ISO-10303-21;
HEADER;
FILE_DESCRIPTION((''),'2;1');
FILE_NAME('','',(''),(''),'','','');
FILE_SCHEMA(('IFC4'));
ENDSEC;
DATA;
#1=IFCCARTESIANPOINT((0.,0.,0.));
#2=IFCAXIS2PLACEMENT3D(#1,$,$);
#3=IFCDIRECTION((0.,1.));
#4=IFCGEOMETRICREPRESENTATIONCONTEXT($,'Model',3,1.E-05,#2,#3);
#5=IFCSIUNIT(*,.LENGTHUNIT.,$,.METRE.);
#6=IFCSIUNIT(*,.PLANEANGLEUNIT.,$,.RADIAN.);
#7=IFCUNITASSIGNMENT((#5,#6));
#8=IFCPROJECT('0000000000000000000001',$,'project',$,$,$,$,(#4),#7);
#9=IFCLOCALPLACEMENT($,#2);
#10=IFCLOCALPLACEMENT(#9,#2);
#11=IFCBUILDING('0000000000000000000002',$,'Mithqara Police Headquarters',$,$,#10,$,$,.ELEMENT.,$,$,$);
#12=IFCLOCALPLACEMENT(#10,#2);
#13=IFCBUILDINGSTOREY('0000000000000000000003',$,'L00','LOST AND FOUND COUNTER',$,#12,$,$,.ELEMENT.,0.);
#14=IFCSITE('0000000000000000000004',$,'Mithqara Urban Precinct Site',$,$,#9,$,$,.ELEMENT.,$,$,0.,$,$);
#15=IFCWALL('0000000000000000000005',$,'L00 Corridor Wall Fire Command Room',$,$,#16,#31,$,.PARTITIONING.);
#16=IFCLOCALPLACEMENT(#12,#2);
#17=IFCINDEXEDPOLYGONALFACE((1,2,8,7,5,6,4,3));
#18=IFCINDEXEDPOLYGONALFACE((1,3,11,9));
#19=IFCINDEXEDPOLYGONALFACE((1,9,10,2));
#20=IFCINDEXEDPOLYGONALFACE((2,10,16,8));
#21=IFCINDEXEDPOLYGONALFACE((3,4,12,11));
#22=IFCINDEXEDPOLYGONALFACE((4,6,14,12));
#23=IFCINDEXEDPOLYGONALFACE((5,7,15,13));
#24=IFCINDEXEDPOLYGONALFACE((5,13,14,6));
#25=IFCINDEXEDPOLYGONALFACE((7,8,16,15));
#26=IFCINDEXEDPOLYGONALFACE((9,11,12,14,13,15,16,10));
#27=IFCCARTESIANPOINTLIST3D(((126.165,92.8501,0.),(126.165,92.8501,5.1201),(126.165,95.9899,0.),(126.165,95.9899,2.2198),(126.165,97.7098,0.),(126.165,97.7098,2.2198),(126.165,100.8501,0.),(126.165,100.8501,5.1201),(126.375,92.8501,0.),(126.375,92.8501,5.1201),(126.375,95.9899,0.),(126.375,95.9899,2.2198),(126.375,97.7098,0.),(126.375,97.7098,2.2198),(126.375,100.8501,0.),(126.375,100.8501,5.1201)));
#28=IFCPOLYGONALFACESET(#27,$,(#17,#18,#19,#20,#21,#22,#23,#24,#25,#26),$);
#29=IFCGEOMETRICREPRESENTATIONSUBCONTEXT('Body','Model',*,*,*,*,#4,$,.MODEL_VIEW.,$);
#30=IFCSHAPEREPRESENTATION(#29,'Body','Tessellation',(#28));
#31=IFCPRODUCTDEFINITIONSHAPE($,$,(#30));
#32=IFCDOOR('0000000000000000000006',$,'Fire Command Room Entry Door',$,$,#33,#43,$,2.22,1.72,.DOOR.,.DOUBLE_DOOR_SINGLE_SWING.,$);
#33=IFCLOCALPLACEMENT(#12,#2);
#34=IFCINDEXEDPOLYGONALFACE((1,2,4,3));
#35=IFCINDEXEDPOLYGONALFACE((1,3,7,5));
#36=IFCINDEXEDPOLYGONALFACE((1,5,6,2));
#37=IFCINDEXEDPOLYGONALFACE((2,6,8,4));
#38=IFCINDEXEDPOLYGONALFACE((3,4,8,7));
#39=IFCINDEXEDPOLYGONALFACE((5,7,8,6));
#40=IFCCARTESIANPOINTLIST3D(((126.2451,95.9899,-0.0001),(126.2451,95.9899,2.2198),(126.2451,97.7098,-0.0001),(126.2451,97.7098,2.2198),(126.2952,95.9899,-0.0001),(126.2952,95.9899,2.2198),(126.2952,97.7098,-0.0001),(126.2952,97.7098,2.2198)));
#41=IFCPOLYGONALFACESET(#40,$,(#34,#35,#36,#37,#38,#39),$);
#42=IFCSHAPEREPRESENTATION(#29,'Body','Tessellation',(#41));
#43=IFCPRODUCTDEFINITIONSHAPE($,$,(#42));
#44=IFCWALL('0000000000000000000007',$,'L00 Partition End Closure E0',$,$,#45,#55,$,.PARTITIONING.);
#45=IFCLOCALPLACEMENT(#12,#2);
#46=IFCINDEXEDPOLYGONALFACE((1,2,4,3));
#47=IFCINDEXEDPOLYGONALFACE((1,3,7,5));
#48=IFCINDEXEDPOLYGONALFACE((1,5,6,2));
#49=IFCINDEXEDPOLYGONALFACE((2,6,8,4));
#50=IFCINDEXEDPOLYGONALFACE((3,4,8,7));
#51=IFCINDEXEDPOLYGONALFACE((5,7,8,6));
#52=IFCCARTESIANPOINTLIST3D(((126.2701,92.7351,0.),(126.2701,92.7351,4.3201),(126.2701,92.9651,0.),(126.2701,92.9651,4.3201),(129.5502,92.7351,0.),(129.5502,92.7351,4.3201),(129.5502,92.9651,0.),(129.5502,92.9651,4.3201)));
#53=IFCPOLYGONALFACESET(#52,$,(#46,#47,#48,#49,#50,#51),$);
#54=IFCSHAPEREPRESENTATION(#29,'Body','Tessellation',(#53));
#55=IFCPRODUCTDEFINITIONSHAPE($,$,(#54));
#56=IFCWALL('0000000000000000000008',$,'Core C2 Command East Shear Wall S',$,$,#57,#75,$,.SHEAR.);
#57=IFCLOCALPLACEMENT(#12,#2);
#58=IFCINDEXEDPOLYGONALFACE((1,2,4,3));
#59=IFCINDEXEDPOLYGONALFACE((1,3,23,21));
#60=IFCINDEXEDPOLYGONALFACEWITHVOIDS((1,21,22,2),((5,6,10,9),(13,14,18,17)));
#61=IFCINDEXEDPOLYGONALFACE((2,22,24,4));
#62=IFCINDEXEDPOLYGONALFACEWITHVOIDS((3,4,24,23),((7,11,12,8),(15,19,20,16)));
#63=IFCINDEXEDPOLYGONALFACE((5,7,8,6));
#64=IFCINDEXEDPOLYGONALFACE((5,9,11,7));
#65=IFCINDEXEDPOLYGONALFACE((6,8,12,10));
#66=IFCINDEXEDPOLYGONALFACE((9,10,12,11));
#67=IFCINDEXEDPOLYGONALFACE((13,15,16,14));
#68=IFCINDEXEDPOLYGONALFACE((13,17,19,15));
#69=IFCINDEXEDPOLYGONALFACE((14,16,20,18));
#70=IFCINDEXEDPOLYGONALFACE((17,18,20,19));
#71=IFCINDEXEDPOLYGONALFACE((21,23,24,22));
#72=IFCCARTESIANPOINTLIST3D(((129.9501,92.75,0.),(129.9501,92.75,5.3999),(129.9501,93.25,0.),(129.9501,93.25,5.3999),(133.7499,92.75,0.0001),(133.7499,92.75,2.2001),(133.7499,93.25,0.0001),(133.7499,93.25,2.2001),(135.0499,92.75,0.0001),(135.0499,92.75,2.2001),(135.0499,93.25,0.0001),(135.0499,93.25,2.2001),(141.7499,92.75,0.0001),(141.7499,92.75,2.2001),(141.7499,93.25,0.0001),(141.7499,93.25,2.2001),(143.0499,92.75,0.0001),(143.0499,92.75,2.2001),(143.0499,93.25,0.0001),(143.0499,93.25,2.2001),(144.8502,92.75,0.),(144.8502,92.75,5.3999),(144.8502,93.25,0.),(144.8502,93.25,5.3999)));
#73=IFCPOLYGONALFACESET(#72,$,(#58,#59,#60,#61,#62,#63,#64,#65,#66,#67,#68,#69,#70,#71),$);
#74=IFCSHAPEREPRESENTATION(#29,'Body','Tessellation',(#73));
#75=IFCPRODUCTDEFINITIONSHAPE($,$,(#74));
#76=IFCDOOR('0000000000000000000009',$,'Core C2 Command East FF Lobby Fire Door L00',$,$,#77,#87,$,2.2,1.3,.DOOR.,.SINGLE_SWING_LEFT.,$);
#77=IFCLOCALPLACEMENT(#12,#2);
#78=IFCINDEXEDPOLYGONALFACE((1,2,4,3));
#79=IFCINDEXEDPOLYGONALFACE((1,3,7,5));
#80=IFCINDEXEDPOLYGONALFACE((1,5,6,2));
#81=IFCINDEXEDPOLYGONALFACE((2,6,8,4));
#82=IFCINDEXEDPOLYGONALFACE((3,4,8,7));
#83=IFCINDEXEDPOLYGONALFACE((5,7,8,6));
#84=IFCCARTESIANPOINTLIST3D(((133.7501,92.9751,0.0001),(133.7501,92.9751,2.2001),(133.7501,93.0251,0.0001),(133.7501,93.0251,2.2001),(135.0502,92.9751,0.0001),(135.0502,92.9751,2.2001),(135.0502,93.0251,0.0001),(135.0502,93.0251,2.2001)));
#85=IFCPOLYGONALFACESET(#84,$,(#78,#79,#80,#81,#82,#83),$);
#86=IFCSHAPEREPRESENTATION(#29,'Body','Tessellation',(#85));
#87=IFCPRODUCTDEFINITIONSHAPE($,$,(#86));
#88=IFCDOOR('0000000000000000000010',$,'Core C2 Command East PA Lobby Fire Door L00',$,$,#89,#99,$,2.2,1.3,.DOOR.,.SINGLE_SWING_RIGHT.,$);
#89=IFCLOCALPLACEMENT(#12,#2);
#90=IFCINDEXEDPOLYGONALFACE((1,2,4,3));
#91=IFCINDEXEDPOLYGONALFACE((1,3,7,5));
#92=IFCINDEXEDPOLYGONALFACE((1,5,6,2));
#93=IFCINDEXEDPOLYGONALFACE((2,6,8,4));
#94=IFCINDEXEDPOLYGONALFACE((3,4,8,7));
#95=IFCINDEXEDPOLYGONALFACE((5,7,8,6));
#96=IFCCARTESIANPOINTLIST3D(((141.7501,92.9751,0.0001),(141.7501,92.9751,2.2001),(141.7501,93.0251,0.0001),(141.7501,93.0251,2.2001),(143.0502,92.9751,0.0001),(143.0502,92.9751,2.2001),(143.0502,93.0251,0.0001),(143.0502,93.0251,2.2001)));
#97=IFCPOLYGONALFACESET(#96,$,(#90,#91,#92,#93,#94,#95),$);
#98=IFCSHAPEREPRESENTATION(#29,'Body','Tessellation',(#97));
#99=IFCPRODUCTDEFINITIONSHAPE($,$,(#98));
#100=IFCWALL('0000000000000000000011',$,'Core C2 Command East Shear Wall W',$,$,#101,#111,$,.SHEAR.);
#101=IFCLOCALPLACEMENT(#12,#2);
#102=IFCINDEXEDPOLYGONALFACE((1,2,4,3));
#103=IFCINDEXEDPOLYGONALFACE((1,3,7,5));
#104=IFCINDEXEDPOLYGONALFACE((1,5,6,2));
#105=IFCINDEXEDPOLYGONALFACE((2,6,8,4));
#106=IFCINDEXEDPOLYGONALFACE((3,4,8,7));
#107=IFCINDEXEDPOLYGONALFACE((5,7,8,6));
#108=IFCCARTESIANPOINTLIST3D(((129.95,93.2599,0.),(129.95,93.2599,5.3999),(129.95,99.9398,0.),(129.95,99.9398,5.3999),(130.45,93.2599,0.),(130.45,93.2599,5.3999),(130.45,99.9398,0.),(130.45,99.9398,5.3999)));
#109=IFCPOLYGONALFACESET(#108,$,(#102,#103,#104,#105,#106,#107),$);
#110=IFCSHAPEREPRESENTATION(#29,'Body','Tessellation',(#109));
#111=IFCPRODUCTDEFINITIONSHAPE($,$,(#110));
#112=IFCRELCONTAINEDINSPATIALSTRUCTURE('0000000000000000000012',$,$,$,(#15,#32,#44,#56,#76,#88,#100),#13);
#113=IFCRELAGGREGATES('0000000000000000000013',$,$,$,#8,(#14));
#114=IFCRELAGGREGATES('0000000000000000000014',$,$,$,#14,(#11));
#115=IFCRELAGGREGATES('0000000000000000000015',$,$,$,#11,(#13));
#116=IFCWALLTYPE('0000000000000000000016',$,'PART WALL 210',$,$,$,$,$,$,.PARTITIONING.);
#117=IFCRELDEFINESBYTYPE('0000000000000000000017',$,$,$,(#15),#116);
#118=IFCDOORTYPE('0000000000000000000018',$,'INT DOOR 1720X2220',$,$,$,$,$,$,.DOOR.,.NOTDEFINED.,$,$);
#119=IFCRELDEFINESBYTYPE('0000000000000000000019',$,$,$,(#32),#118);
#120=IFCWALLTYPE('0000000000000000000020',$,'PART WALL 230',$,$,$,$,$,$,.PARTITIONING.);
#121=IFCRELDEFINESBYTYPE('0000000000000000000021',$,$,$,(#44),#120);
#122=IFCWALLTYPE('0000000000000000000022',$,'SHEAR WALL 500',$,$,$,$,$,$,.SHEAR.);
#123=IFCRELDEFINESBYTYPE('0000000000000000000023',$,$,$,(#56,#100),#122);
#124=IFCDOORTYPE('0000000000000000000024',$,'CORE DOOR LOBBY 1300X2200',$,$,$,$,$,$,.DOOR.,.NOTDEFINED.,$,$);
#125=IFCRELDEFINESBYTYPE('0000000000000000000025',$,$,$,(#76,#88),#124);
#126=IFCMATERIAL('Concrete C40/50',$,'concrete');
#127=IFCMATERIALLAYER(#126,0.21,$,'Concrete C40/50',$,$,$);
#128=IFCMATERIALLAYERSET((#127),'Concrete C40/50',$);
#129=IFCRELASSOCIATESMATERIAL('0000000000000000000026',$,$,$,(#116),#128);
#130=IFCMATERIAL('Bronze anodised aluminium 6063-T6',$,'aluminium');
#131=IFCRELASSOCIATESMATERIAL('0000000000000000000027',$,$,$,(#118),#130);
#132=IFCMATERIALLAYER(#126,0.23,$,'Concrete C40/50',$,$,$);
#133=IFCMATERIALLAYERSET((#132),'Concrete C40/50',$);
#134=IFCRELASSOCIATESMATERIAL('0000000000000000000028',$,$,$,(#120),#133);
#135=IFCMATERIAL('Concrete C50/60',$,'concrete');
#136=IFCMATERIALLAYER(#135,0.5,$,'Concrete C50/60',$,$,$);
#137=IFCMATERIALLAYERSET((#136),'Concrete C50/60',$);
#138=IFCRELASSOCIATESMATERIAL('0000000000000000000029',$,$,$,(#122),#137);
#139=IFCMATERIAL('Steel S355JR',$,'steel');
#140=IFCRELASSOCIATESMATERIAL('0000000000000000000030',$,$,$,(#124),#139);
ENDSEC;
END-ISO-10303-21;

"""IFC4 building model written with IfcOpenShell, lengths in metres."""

from ifc_helpers import new_model, si_unit, direction, frame, frame_2d, origin, place, context, subcontext, project, spatial, rectangle, extrude, material, layer, layer_set, type_object, element, fill, save


model = new_model("IFC4")

# Units and contexts
model_context = context("Model", 3, precision=1e-05, world=origin(), true_north=direction((0.0, 1.0)))
body_context = subcontext(model_context, "Body", "Model", "MODEL_VIEW")
ifc_project = project(units=[si_unit("LENGTHUNIT", "METRE"), si_unit("PLANEANGLEUNIT", "RADIAN")], contexts=[model_context])

# Site, building, storey
site_placement = place(None, origin())
site = spatial("IfcSite", under=ifc_project, at=site_placement, Name="Mithqara Urban Precinct Site", CompositionType="ELEMENT", RefElevation=0.0)
building_placement = place(site_placement, origin())
building = spatial("IfcBuilding", under=site, at=building_placement, Name="Mithqara Police Headquarters", CompositionType="ELEMENT")
storey_placement = place(building_placement, origin())
storey = spatial("IfcBuildingStorey", under=building, at=storey_placement, Name="L00", Description="LOST AND FOUND COUNTER", CompositionType="ELEMENT", Elevation=0.0)

# Shared definitions
ifc_material_1 = material(Name="Concrete C50/60", Category="concrete")

# Shared definitions
ifc_material_2 = material(Name="Steel S355JR", Category="steel")
ifc_material_3 = material(Name="Concrete C40/50", Category="concrete")

# Shared definitions
ifc_material_4 = material(Name="Bronze anodised aluminium 6063-T6", Category="aluminium")

# Shared definitions
ifc_layer_1 = layer(ifc_material_3, 0.21, Name="Concrete C40/50")
ifc_layer_set_1 = layer_set([ifc_layer_1], Name="Concrete C40/50")
wall_type_1 = type_object("IfcWallType", Name="PART WALL 210", PredefinedType="PARTITIONING", material=ifc_layer_set_1)

# Wall, opening, door
wall_1_placement = place(storey_placement, frame((126.27, 92.8501, 0.0), z_axis=(0.0, 0.0, 1.0), x_axis=(0.0, 1.0, 0.0)))
wall_1 = element("IfcWall", 1, at=wall_1_placement, inside=storey, type_object=wall_type_1, Name="L00 Corridor Wall Fire Command Room", PredefinedType="PARTITIONING", context=body_context, shape_type="SweptSolid", body=[
    extrude(rectangle(XDim=8.0, YDim=0.21, at=frame_2d((4.0, 0.0))), origin(), (0.0, 0.0, 1.0), 5.1201),
])
opening_1_placement = place(wall_1_placement, frame((3.1399, 0.0, 0.0)))
opening_1 = element("IfcOpeningElement", 2, at=opening_1_placement, cuts=wall_1, PredefinedType="OPENING", context=body_context, shape_type="SweptSolid", body=[
    extrude(rectangle(XDim=1.72, YDim=2.22, at=frame_2d((0.8599, 1.1099))), frame((0.0, 0.115, 0.0), z_axis=(0.0, -1.0, 0.0), x_axis=(1.0, 0.0, 0.0)), (0.0, 0.0, 1.0), 0.23),
])
door_type_1 = type_object("IfcDoorType", Name="INT DOOR 1720X2220", OperationType="NOTDEFINED", PredefinedType="DOOR", material=ifc_material_4)
door_1_placement = place(opening_1_placement, origin())
door_1 = element("IfcDoor", 3, at=door_1_placement, inside=storey, type_object=door_type_1, Name="Fire Command Room Entry Door", OperationType="DOUBLE_DOOR_SINGLE_SWING", OverallHeight=2.22, OverallWidth=1.72, PredefinedType="DOOR", context=body_context, shape_type="SweptSolid", body=[
    extrude(rectangle(XDim=1.72, YDim=2.22, at=frame_2d((0.8599, 1.1099))), frame((0.0, 0.0249, 0.0), z_axis=(0.0, -1.0, 0.0), x_axis=(1.0, 0.0, 0.0)), (0.0, 0.0, 1.0), 0.05),
])
fill(opening_1, door_1)

# Wall
ifc_layer_2 = layer(ifc_material_3, 0.23, Name="Concrete C40/50")
ifc_layer_set_2 = layer_set([ifc_layer_2], Name="Concrete C40/50")
wall_type_2 = type_object("IfcWallType", Name="PART WALL 230", PredefinedType="PARTITIONING", material=ifc_layer_set_2)
wall_2_placement = place(storey_placement, frame((126.27, 92.8501, 0.0), z_axis=(0.0, 0.0, 1.0), x_axis=(1.0, 0.0, 0.0)))
element("IfcWall", 4, at=wall_2_placement, inside=storey, type_object=wall_type_2, Name="L00 Partition End Closure E0", PredefinedType="PARTITIONING", context=body_context, shape_type="SweptSolid", body=[
    extrude(rectangle(XDim=3.28, YDim=0.23, at=frame_2d((1.6401, 0.0))), origin(), (0.0, 0.0, 1.0), 4.3201),
])

# Wall, openings, doors
ifc_layer_3 = layer(ifc_material_1, 0.5, Name="Concrete C50/60")
ifc_layer_set_3 = layer_set([ifc_layer_3], Name="Concrete C50/60")
wall_type_3 = type_object("IfcWallType", Name="SHEAR WALL 500", PredefinedType="SHEAR", material=ifc_layer_set_3)
wall_3_placement = place(storey_placement, frame((129.95, 93.0, 0.0), z_axis=(0.0, 0.0, 1.0), x_axis=(1.0, 0.0, 0.0)))
wall_3 = element("IfcWall", 5, at=wall_3_placement, inside=storey, type_object=wall_type_3, Name="Core C2 Command East Shear Wall S", PredefinedType="SHEAR", context=body_context, shape_type="SweptSolid", body=[
    extrude(rectangle(XDim=14.9001, YDim=0.5, at=frame_2d((7.4502, 0.0))), origin(), (0.0, 0.0, 1.0), 5.3999),
])
opening_2_placement = place(wall_3_placement, frame((3.8, 0.0, 0.0)))
opening_2 = element("IfcOpeningElement", 6, at=opening_2_placement, cuts=wall_3, PredefinedType="OPENING", context=body_context, shape_type="SweptSolid", body=[
    extrude(rectangle(XDim=1.3, YDim=2.2, at=frame_2d((0.6499, 1.1001))), frame((0.0, 0.26, 0.0), z_axis=(0.0, -1.0, 0.0), x_axis=(1.0, 0.0, 0.0)), (0.0, 0.0, 1.0), 0.52),
])
opening_3_placement = place(wall_3_placement, frame((11.8, 0.0, 0.0)))
opening_3 = element("IfcOpeningElement", 7, at=opening_3_placement, cuts=wall_3, PredefinedType="OPENING", context=body_context, shape_type="SweptSolid", body=[
    extrude(rectangle(XDim=1.3, YDim=2.2, at=frame_2d((0.6499, 1.1001))), frame((0.0, 0.26, 0.0), z_axis=(0.0, -1.0, 0.0), x_axis=(1.0, 0.0, 0.0)), (0.0, 0.0, 1.0), 0.52),
])
door_type_2 = type_object("IfcDoorType", Name="CORE DOOR LOBBY 1300X2200", OperationType="NOTDEFINED", PredefinedType="DOOR", material=ifc_material_2)
door_2_placement = place(opening_2_placement, frame((1.3, 0.0, 0.0), z_axis=(0.0, 0.0, 1.0), x_axis=(-1.0, 0.0, 0.0)))
door_2 = element("IfcDoor", 8, at=door_2_placement, inside=storey, type_object=door_type_2, Name="Core C2 Command East FF Lobby Fire Door L00", OperationType="SINGLE_SWING_LEFT", OverallHeight=2.2, OverallWidth=1.3, PredefinedType="DOOR", context=body_context, shape_type="SweptSolid", body=[
    extrude(rectangle(XDim=1.3, YDim=2.2, at=frame_2d((0.6499, 1.1001))), frame((0.0, 0.0249, 0.0), z_axis=(0.0, -1.0, 0.0), x_axis=(1.0, 0.0, 0.0)), (0.0, 0.0, 1.0), 0.05),
])
fill(opening_2, door_2)
door_3_placement = place(opening_3_placement, frame((1.3, 0.0, 0.0), z_axis=(0.0, 0.0, 1.0), x_axis=(-1.0, 0.0, 0.0)))
door_3 = element("IfcDoor", 9, at=door_3_placement, inside=storey, type_object=door_type_2, Name="Core C2 Command East PA Lobby Fire Door L00", OperationType="SINGLE_SWING_RIGHT", OverallHeight=2.2, OverallWidth=1.3, PredefinedType="DOOR", context=body_context, shape_type="SweptSolid", body=[
    extrude(rectangle(XDim=1.3, YDim=2.2, at=frame_2d((0.6499, 1.1001))), frame((0.0, 0.0249, 0.0), z_axis=(0.0, -1.0, 0.0), x_axis=(1.0, 0.0, 0.0)), (0.0, 0.0, 1.0), 0.05),
])
fill(opening_3, door_3)

# Wall
wall_4_placement = place(storey_placement, frame((130.2, 93.26, 0.0), z_axis=(0.0, 0.0, 1.0), x_axis=(0.0, 1.0, 0.0)))
element("IfcWall", 10, at=wall_4_placement, inside=storey, type_object=wall_type_3, Name="Core C2 Command East Shear Wall W", PredefinedType="SHEAR", context=body_context, shape_type="SweptSolid", body=[
    extrude(rectangle(XDim=6.6799, YDim=0.5, at=frame_2d((3.3398, 0.0))), origin(), (0.0, 0.0, 1.0), 5.3999),
])

save(model, "model.ifc")
